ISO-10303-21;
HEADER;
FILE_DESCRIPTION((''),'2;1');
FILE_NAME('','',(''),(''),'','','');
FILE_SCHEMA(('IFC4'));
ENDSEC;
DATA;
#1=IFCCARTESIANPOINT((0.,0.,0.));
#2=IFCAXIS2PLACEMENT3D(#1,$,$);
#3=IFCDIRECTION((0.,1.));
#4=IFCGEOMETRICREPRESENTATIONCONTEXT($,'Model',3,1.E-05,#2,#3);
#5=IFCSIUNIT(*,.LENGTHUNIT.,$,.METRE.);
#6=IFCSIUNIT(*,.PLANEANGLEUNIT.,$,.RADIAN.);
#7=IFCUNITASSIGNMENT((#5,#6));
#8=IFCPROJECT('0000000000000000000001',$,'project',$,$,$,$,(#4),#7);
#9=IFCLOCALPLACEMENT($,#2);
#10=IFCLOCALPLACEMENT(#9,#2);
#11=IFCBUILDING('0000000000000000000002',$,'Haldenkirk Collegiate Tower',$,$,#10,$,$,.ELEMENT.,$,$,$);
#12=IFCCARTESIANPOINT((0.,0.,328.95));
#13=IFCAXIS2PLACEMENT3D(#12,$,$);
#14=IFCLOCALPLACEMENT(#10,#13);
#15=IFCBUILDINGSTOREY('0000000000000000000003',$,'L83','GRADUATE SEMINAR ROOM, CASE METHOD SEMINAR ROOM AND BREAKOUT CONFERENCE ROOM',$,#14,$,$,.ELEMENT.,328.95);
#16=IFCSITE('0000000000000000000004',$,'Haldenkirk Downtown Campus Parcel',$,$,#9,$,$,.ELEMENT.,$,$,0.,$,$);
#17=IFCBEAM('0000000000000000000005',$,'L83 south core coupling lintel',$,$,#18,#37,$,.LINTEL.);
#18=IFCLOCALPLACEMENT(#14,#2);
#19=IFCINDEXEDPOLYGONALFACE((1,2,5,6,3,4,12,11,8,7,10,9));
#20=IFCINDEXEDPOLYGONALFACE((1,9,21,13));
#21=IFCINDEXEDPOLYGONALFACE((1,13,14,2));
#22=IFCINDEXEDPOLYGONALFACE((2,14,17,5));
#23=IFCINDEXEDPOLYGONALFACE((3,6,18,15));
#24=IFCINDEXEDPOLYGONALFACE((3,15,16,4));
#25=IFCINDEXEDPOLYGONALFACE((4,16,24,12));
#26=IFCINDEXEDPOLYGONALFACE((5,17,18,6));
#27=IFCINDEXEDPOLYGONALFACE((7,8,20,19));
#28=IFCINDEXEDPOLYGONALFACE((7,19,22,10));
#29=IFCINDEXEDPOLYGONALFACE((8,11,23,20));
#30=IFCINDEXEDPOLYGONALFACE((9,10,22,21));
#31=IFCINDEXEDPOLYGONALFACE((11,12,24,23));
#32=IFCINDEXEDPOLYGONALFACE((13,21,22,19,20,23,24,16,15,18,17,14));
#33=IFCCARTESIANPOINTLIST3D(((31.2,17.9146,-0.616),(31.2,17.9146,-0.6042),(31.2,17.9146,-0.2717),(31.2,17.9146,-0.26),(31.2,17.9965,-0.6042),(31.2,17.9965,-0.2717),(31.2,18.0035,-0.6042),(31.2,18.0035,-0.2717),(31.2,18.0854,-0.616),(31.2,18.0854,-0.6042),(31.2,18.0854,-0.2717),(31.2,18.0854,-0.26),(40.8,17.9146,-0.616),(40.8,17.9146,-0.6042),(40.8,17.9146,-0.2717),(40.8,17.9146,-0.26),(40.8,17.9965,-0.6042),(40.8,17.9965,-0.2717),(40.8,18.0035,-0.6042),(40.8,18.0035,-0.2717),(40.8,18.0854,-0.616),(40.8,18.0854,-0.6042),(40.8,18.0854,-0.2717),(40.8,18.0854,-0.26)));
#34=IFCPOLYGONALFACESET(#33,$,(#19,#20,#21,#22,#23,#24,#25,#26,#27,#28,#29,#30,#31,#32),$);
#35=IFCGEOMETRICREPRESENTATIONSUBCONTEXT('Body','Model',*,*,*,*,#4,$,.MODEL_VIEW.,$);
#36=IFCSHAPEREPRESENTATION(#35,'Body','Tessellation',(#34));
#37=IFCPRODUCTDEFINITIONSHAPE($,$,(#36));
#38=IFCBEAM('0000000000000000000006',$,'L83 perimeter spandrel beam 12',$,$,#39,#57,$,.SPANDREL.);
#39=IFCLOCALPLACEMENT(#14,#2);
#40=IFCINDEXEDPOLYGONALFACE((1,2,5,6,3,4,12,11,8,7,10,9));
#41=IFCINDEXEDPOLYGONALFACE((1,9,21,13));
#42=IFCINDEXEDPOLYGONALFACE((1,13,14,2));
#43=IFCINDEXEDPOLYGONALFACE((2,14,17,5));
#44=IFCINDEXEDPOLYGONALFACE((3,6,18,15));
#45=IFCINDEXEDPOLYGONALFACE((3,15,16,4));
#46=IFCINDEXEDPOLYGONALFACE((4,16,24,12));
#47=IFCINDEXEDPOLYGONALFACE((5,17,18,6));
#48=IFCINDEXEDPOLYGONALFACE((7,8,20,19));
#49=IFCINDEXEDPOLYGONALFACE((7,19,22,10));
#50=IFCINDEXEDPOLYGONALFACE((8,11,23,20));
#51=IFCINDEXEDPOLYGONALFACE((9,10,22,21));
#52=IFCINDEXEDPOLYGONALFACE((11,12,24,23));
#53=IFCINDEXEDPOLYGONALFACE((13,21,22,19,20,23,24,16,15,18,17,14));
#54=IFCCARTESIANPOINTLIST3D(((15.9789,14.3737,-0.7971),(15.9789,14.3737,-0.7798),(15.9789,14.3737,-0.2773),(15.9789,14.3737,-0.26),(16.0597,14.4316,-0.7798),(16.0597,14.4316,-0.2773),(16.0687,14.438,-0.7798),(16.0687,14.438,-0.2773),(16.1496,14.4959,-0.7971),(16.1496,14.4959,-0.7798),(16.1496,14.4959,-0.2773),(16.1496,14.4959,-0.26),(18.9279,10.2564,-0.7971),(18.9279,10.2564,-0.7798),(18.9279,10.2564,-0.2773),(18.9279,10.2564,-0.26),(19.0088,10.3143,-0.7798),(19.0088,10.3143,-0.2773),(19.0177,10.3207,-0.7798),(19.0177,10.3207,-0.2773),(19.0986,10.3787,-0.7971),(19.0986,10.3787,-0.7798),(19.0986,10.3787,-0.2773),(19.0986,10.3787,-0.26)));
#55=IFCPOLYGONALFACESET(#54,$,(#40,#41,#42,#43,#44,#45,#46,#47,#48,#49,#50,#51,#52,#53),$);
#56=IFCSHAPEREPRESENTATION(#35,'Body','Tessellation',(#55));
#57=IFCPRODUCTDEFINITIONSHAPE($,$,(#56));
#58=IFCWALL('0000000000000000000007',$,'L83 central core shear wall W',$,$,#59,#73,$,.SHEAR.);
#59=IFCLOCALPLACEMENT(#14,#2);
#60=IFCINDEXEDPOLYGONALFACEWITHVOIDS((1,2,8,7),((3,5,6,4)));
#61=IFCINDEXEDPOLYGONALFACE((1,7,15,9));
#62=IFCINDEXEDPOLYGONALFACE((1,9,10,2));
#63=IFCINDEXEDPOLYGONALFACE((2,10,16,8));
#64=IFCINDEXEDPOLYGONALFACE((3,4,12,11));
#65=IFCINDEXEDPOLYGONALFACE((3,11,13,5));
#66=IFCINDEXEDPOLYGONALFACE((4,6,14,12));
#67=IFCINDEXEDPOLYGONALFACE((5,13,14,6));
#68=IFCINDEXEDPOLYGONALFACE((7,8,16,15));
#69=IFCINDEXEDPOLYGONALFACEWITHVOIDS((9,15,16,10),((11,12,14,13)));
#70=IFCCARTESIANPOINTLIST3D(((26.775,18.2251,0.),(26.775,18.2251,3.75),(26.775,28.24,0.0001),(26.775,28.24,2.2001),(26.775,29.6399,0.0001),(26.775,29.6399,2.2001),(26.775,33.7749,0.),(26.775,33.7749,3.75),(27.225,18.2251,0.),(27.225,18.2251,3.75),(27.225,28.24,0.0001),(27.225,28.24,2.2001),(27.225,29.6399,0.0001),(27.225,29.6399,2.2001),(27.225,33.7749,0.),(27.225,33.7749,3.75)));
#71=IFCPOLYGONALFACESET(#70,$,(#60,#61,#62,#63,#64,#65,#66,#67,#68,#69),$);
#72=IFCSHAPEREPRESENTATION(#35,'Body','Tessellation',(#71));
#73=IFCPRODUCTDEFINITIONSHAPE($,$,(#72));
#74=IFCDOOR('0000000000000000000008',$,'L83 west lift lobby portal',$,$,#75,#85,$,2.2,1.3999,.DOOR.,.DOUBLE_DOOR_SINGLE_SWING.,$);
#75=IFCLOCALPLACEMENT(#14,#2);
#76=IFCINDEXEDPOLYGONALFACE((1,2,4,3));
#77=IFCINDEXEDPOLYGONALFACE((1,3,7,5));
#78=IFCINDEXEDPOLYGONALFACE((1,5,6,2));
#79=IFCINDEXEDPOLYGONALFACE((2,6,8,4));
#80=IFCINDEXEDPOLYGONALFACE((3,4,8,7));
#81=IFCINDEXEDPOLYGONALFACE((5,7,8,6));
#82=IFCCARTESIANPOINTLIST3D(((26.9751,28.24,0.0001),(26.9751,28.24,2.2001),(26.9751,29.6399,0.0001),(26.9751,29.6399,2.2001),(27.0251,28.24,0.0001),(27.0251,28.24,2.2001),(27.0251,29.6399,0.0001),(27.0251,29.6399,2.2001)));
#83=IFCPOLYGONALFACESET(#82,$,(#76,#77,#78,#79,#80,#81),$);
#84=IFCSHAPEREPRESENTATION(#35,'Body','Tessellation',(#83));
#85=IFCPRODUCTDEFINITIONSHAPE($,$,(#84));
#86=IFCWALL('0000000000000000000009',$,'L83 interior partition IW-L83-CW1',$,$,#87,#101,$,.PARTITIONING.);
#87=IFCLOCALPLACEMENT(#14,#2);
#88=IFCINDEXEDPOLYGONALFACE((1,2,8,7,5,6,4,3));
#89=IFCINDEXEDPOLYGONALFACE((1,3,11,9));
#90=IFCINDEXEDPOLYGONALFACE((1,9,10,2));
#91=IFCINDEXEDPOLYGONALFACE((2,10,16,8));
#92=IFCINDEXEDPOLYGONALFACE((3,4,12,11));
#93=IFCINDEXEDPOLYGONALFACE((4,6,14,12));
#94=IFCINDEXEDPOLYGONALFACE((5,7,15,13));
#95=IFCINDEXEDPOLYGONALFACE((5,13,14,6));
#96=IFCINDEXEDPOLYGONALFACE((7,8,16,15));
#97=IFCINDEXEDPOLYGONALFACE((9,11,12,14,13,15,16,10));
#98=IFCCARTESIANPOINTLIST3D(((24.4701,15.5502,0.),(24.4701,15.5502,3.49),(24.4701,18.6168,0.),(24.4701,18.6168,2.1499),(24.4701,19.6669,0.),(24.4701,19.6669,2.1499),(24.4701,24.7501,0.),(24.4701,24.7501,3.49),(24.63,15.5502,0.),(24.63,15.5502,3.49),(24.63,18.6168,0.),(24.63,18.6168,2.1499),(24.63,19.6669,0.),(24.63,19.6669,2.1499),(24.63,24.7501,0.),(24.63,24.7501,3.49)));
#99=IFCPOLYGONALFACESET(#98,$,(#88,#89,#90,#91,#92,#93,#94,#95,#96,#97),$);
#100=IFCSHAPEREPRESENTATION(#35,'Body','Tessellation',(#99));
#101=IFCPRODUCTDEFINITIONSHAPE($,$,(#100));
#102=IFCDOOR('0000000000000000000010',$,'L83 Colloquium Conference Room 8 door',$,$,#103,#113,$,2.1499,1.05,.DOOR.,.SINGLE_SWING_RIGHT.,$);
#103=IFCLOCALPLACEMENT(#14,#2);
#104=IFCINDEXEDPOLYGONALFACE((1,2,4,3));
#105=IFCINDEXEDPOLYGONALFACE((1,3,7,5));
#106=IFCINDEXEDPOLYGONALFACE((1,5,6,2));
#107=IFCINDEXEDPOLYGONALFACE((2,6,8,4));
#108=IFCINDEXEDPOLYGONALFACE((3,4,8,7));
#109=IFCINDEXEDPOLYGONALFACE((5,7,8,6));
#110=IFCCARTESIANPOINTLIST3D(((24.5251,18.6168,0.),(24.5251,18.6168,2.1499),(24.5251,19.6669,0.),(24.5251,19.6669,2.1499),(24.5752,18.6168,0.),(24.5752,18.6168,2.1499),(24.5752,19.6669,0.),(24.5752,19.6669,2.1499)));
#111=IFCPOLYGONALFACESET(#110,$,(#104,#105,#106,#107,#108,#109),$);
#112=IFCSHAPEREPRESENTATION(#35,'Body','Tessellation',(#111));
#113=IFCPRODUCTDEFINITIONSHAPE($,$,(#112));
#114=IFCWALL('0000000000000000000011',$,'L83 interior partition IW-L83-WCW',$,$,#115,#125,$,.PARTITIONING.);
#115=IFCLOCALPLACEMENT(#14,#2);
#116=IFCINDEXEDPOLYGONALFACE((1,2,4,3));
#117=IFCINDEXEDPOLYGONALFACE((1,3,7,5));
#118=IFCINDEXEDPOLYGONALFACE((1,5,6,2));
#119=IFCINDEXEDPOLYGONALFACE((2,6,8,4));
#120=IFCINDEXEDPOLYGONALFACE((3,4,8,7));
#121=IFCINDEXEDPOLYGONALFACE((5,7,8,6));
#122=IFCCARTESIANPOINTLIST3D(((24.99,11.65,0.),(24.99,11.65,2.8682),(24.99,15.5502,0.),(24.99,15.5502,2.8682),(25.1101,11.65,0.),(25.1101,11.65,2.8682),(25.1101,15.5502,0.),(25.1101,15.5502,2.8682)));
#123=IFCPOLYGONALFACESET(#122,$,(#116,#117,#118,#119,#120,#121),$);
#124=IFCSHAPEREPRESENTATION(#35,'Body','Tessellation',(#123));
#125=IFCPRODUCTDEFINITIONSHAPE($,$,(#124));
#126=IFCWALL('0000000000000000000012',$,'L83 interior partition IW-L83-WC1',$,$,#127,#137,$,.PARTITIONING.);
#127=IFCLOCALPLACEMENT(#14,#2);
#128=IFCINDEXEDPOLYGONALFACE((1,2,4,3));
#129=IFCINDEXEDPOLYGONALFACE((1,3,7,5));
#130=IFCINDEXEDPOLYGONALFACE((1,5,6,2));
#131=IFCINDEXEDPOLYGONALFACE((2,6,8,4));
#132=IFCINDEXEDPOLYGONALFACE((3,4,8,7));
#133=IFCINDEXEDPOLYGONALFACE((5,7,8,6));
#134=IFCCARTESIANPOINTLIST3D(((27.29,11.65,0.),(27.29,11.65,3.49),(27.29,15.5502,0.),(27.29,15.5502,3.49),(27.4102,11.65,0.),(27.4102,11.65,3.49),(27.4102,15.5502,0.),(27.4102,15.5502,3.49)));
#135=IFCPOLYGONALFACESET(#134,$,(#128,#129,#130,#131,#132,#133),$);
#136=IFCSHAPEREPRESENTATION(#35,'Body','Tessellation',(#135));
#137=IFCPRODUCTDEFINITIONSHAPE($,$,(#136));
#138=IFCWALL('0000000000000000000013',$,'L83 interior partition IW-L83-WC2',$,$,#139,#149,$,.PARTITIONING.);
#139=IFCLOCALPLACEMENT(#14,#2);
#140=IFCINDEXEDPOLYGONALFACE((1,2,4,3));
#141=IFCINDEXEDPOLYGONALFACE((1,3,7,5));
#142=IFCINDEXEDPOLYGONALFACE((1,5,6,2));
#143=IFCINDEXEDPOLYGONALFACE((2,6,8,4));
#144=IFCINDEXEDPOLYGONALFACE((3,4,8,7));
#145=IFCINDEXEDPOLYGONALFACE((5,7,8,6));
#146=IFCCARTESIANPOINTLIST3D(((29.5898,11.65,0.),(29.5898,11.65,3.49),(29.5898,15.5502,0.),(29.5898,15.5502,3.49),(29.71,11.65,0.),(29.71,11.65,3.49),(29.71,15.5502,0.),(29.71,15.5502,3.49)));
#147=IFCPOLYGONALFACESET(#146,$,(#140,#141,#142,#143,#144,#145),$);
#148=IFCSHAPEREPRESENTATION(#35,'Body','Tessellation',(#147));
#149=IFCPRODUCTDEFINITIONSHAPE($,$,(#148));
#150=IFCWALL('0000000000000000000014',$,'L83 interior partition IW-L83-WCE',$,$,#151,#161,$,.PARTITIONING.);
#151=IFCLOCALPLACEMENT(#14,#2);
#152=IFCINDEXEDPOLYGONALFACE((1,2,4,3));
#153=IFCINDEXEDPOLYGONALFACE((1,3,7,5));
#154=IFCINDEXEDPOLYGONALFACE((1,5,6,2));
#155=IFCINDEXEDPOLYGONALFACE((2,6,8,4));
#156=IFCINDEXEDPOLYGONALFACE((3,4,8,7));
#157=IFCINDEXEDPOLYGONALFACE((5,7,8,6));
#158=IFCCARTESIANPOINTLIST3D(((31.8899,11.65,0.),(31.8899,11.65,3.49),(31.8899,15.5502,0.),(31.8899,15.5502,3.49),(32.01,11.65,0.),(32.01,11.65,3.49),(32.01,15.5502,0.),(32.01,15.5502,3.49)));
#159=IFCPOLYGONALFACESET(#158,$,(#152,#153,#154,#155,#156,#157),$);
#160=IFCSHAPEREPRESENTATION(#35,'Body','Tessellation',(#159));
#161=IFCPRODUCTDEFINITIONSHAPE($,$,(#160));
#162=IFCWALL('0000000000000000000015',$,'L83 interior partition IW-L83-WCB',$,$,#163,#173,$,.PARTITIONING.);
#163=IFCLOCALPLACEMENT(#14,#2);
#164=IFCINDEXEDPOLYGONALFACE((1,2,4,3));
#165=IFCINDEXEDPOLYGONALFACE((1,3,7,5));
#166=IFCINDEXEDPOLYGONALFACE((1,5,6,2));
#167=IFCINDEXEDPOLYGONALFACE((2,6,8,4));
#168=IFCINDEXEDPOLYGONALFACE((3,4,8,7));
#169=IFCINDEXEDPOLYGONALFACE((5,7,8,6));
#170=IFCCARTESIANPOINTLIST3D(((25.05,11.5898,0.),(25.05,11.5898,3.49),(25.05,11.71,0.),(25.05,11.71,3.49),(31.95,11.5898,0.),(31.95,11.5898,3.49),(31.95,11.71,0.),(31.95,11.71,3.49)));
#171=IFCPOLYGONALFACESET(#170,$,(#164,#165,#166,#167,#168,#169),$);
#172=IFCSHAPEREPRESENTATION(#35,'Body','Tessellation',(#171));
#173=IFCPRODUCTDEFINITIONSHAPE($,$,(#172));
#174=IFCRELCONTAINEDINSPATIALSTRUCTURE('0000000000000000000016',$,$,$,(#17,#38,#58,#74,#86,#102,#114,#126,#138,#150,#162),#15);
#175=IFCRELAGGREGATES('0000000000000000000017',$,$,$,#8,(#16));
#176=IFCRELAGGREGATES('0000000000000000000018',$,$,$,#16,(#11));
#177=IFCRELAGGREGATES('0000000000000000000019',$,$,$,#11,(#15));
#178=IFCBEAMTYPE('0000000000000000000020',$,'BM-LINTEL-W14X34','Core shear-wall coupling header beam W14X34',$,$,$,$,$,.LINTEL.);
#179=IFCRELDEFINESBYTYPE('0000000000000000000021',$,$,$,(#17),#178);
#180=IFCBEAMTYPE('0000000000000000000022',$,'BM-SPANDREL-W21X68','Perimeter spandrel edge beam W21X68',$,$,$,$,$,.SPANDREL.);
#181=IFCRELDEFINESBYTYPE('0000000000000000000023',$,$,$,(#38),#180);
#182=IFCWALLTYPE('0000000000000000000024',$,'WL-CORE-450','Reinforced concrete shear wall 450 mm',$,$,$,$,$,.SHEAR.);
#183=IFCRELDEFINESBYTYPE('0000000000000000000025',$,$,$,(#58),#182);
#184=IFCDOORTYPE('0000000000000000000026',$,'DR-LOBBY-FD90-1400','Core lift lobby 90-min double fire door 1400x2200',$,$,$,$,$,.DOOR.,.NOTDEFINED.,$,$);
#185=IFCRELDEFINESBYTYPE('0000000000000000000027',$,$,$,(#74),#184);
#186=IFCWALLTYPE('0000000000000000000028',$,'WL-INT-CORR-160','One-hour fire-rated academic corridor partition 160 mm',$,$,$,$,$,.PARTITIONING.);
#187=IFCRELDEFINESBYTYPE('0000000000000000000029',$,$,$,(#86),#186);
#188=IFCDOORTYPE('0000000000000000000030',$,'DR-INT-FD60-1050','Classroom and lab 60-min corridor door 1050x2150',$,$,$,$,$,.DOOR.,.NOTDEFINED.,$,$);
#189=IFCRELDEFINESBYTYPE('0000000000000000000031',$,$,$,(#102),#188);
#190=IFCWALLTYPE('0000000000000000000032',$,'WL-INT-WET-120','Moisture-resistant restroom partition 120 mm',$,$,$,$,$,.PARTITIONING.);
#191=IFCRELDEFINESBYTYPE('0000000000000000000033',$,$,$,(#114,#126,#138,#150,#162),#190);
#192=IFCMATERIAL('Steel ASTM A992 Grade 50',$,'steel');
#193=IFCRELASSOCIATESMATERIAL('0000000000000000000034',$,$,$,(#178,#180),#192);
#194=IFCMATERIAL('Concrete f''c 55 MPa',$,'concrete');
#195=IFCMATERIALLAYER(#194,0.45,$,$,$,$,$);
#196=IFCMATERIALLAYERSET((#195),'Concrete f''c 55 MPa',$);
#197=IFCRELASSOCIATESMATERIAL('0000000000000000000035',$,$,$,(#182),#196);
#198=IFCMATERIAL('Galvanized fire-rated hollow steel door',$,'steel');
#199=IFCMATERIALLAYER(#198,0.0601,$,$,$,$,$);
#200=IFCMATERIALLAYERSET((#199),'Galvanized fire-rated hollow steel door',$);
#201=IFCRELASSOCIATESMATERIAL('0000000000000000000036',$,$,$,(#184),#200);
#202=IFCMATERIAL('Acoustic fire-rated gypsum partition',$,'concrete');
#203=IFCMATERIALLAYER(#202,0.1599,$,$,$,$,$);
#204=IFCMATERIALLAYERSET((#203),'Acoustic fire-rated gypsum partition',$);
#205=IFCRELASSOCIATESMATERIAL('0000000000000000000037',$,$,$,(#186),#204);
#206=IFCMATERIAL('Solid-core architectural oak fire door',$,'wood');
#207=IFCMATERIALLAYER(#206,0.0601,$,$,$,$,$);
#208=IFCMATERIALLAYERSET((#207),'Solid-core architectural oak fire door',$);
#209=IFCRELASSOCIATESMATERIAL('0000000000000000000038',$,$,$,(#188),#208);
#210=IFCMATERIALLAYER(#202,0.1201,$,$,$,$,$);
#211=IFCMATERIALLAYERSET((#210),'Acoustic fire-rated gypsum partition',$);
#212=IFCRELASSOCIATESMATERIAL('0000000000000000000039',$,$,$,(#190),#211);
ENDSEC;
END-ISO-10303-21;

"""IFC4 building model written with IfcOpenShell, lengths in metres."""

from ifc_helpers import new_model, si_unit, direction, frame, frame_2d, origin, origin_2d, place, context, subcontext, project, spatial, rectangle, i_section, extrude, material, layer, layer_set, material_profile, profile_set, type_object, element, fill, save


model = new_model("IFC4")

# Units and contexts
model_context = context("Model", 3, precision=1e-05, world=origin(), true_north=direction((0.0, 1.0)))
body_context = subcontext(model_context, "Body", "Model", "MODEL_VIEW")
ifc_project = project(units=[si_unit("LENGTHUNIT", "METRE"), si_unit("PLANEANGLEUNIT", "RADIAN")], contexts=[model_context])

# Site, building, storey
site_placement = place(None, origin())
site = spatial("IfcSite", under=ifc_project, at=site_placement, Name="Haldenkirk Downtown Campus Parcel", CompositionType="ELEMENT", RefElevation=0.0)
building_placement = place(site_placement, origin())
building = spatial("IfcBuilding", under=site, at=building_placement, Name="Haldenkirk Collegiate Tower", CompositionType="ELEMENT")
storey_placement = place(building_placement, frame((0.0, 0.0, 328.95)))
storey = spatial("IfcBuildingStorey", under=building, at=storey_placement, Name="L83", Description="GRADUATE SEMINAR ROOM, CASE METHOD SEMINAR ROOM AND BREAKOUT CONFERENCE ROOM", CompositionType="ELEMENT", Elevation=328.95)

# Beams
ifc_material_1 = material(Name="Steel ASTM A992 Grade 50", Category="steel")
ifc_material_profile_1 = material_profile(ifc_material_1, i_section(OverallWidth=0.1709, OverallDepth=0.356, WebThickness=0.0071, FlangeThickness=0.0117, at=origin_2d()), Name="W14X34")
ifc_profile_set_1 = profile_set([ifc_material_profile_1], Name="Steel ASTM A992 Grade 50")
beam_type_1 = type_object("IfcBeamType", Name="BM-LINTEL-W14X34", Description="Core shear-wall coupling header beam W14X34", PredefinedType="LINTEL", material=ifc_profile_set_1)
beam_1_placement = place(storey_placement, frame((31.2, 18.0, -0.438), z_axis=(1.0, 0.0, 0.0), x_axis=(0.0, 1.0, 0.0)))
element("IfcBeam", 1, at=beam_1_placement, inside=storey, type_object=beam_type_1, Name="L83 south core coupling lintel", PredefinedType="LINTEL", context=body_context, shape_type="SweptSolid", body=[
    extrude(i_section(OverallWidth=0.1709, OverallDepth=0.356, WebThickness=0.0071, FlangeThickness=0.0117, at=origin_2d()), origin(), (0.0, 0.0, 1.0), 9.6001),
])
ifc_material_profile_2 = material_profile(ifc_material_1, i_section(OverallWidth=0.21, OverallDepth=0.5371, WebThickness=0.011, FlangeThickness=0.0173, at=origin_2d()), Name="W21X68")
ifc_profile_set_2 = profile_set([ifc_material_profile_2], Name="Steel ASTM A992 Grade 50")
beam_type_2 = type_object("IfcBeamType", Name="BM-SPANDREL-W21X68", Description="Perimeter spandrel edge beam W21X68", PredefinedType="SPANDREL", material=ifc_profile_set_2)
beam_2_placement = place(storey_placement, frame((16.0642, 14.4348, -0.5286), z_axis=(0.5823, -0.812974, 0.0), x_axis=(0.812974, 0.5823, 0.0)))
element("IfcBeam", 2, at=beam_2_placement, inside=storey, type_object=beam_type_2, Name="L83 perimeter spandrel beam 12", PredefinedType="SPANDREL", context=body_context, shape_type="SweptSolid", body=[
    extrude(i_section(OverallWidth=0.21, OverallDepth=0.5371, WebThickness=0.011, FlangeThickness=0.0173, at=origin_2d()), origin(), (0.0, 0.0, 1.0), 5.0645),
])

# Shared definitions
ifc_material_2 = material(Name="Concrete f'c 55 MPa", Category="concrete")
ifc_layer_1 = layer(ifc_material_2, 0.45)
ifc_layer_set_1 = layer_set([ifc_layer_1], Name="Concrete f'c 55 MPa")
wall_type_1 = type_object("IfcWallType", Name="WL-CORE-450", Description="Reinforced concrete shear wall 450 mm", PredefinedType="SHEAR", material=ifc_layer_set_1)
ifc_material_3 = material(Name="Galvanized fire-rated hollow steel door", Category="steel")

# Wall, opening, door
wall_1_placement = place(storey_placement, frame((27.0, 18.2251, 0.0), z_axis=(0.0, 0.0, 1.0), x_axis=(0.0, 1.0, 0.0)))
wall_1 = element("IfcWall", 3, at=wall_1_placement, inside=storey, type_object=wall_type_1, Name="L83 central core shear wall W", PredefinedType="SHEAR", context=body_context, shape_type="SweptSolid", body=[
    extrude(rectangle(XDim=15.5498, YDim=0.45, at=frame_2d((7.7749, 0.0))), origin(), (0.0, 0.0, 1.0), 3.75),
])
opening_1_placement = place(wall_1_placement, frame((10.0149, 0.0, 0.0)))
opening_1 = element("IfcOpeningElement", 4, at=opening_1_placement, cuts=wall_1, PredefinedType="OPENING", context=body_context, shape_type="SweptSolid", body=[
    extrude(rectangle(XDim=1.3999, YDim=2.2, at=frame_2d((0.7, 1.1001))), frame((0.0, 0.2349, 0.0), z_axis=(0.0, -1.0, 0.0), x_axis=(1.0, 0.0, 0.0)), (0.0, 0.0, 1.0), 0.47),
])
ifc_layer_2 = layer(ifc_material_3, 0.0601)
ifc_layer_set_2 = layer_set([ifc_layer_2], Name="Galvanized fire-rated hollow steel door")
door_type_1 = type_object("IfcDoorType", Name="DR-LOBBY-FD90-1400", Description="Core lift lobby 90-min double fire door 1400x2200", OperationType="NOTDEFINED", PredefinedType="DOOR", material=ifc_layer_set_2)
door_1_placement = place(opening_1_placement, origin())
door_1 = element("IfcDoor", 5, at=door_1_placement, inside=storey, type_object=door_type_1, Name="L83 west lift lobby portal", OperationType="DOUBLE_DOOR_SINGLE_SWING", OverallHeight=2.2, OverallWidth=1.3999, PredefinedType="DOOR", context=body_context, shape_type="SweptSolid", body=[
    extrude(rectangle(XDim=1.3999, YDim=2.2, at=frame_2d((0.7, 1.1001))), frame((0.0, 0.0249, 0.0), z_axis=(0.0, -1.0, 0.0), x_axis=(1.0, 0.0, 0.0)), (0.0, 0.0, 1.0), 0.05),
])
fill(opening_1, door_1)

# Shared definitions
ifc_material_4 = material(Name="Acoustic fire-rated gypsum partition", Category="concrete")
ifc_layer_3 = layer(ifc_material_4, 0.1599)
ifc_layer_set_3 = layer_set([ifc_layer_3], Name="Acoustic fire-rated gypsum partition")
wall_type_2 = type_object("IfcWallType", Name="WL-INT-CORR-160", Description="One-hour fire-rated academic corridor partition 160 mm", PredefinedType="PARTITIONING", material=ifc_layer_set_3)
ifc_material_5 = material(Name="Solid-core architectural oak fire door", Category="wood")

# Wall, opening, door
wall_2_placement = place(storey_placement, frame((24.55, 15.55, 0.0), z_axis=(0.0, 0.0, 1.0), x_axis=(0.0, 1.0, 0.0)))
wall_2 = element("IfcWall", 6, at=wall_2_placement, inside=storey, type_object=wall_type_2, Name="L83 interior partition IW-L83-CW1", PredefinedType="PARTITIONING", context=body_context, shape_type="SweptSolid", body=[
    extrude(rectangle(XDim=9.2, YDim=0.1599, at=frame_2d((4.6001, 0.0))), origin(), (0.0, 0.0, 1.0), 3.49),
])
opening_2_placement = place(wall_2_placement, frame((3.0669, 0.0, 0.0)))
opening_2 = element("IfcOpeningElement", 7, at=opening_2_placement, cuts=wall_2, PredefinedType="OPENING", context=body_context, shape_type="SweptSolid", body=[
    extrude(rectangle(XDim=1.05, YDim=2.1499, at=frame_2d((0.5249, 1.075))), frame((0.0, 0.0898, 0.0), z_axis=(0.0, -1.0, 0.0), x_axis=(1.0, 0.0, 0.0)), (0.0, 0.0, 1.0), 0.1799),
])
ifc_layer_4 = layer(ifc_material_5, 0.0601)
ifc_layer_set_4 = layer_set([ifc_layer_4], Name="Solid-core architectural oak fire door")
door_type_2 = type_object("IfcDoorType", Name="DR-INT-FD60-1050", Description="Classroom and lab 60-min corridor door 1050x2150", OperationType="NOTDEFINED", PredefinedType="DOOR", material=ifc_layer_set_4)
door_2_placement = place(opening_2_placement, origin())
door_2 = element("IfcDoor", 8, at=door_2_placement, inside=storey, type_object=door_type_2, Name="L83 Colloquium Conference Room 8 door", OperationType="SINGLE_SWING_RIGHT", OverallHeight=2.1499, OverallWidth=1.05, PredefinedType="DOOR", context=body_context, shape_type="SweptSolid", body=[
    extrude(rectangle(XDim=1.05, YDim=2.1499, at=frame_2d((0.5249, 1.075))), frame((0.0, 0.0249, 0.0), z_axis=(0.0, -1.0, 0.0), x_axis=(1.0, 0.0, 0.0)), (0.0, 0.0, 1.0), 0.05),
])
fill(opening_2, door_2)

# Walls
ifc_layer_5 = layer(ifc_material_4, 0.1201)
ifc_layer_set_5 = layer_set([ifc_layer_5], Name="Acoustic fire-rated gypsum partition")
wall_type_3 = type_object("IfcWallType", Name="WL-INT-WET-120", Description="Moisture-resistant restroom partition 120 mm", PredefinedType="PARTITIONING", material=ifc_layer_set_5)
wall_3_placement = place(storey_placement, frame((25.05, 11.6499, 0.0), z_axis=(0.0, 0.0, 1.0), x_axis=(0.0, 1.0, 0.0)))
element("IfcWall", 9, at=wall_3_placement, inside=storey, type_object=wall_type_3, Name="L83 interior partition IW-L83-WCW", PredefinedType="PARTITIONING", context=body_context, shape_type="SweptSolid", body=[
    extrude(rectangle(XDim=3.9001, YDim=0.1201, at=frame_2d((1.9502, 0.0))), origin(), (0.0, 0.0, 1.0), 2.8682),
])
for number, where, z_axis, x_axis, name in (
    (10, (27.3501, 11.6499, 0.0), (0.0, 0.0, 1.0), (0.0, 1.0, 0.0), "L83 interior partition IW-L83-WC1"),
    (11, (29.6499, 11.6499, 0.0), (0.0, 0.0, 1.0), (0.0, 1.0, 0.0), "L83 interior partition IW-L83-WC2"),
    (12, (31.95, 11.6499, 0.0), (0.0, 0.0, 1.0), (0.0, 1.0, 0.0), "L83 interior partition IW-L83-WCE"),
):
    element("IfcWall", number, at=place(storey_placement, frame(where, z_axis=z_axis, x_axis=x_axis)), inside=storey, type_object=wall_type_3, Name=name, PredefinedType="PARTITIONING", context=body_context, shape_type="SweptSolid", body=[
        extrude(rectangle(XDim=3.9001, YDim=0.1201, at=frame_2d((1.9502, 0.0))), origin(), (0.0, 0.0, 1.0), 3.49),
    ])
wall_4_placement = place(storey_placement, frame((25.05, 11.6499, 0.0), z_axis=(0.0, 0.0, 1.0), x_axis=(1.0, 0.0, 0.0)))
element("IfcWall", 13, at=wall_4_placement, inside=storey, type_object=wall_type_3, Name="L83 interior partition IW-L83-WCB", PredefinedType="PARTITIONING", context=body_context, shape_type="SweptSolid", body=[
    extrude(rectangle(XDim=6.8999, YDim=0.1201, at=frame_2d((3.45, 0.0))), origin(), (0.0, 0.0, 1.0), 3.49),
])

save(model, "model.ifc")
